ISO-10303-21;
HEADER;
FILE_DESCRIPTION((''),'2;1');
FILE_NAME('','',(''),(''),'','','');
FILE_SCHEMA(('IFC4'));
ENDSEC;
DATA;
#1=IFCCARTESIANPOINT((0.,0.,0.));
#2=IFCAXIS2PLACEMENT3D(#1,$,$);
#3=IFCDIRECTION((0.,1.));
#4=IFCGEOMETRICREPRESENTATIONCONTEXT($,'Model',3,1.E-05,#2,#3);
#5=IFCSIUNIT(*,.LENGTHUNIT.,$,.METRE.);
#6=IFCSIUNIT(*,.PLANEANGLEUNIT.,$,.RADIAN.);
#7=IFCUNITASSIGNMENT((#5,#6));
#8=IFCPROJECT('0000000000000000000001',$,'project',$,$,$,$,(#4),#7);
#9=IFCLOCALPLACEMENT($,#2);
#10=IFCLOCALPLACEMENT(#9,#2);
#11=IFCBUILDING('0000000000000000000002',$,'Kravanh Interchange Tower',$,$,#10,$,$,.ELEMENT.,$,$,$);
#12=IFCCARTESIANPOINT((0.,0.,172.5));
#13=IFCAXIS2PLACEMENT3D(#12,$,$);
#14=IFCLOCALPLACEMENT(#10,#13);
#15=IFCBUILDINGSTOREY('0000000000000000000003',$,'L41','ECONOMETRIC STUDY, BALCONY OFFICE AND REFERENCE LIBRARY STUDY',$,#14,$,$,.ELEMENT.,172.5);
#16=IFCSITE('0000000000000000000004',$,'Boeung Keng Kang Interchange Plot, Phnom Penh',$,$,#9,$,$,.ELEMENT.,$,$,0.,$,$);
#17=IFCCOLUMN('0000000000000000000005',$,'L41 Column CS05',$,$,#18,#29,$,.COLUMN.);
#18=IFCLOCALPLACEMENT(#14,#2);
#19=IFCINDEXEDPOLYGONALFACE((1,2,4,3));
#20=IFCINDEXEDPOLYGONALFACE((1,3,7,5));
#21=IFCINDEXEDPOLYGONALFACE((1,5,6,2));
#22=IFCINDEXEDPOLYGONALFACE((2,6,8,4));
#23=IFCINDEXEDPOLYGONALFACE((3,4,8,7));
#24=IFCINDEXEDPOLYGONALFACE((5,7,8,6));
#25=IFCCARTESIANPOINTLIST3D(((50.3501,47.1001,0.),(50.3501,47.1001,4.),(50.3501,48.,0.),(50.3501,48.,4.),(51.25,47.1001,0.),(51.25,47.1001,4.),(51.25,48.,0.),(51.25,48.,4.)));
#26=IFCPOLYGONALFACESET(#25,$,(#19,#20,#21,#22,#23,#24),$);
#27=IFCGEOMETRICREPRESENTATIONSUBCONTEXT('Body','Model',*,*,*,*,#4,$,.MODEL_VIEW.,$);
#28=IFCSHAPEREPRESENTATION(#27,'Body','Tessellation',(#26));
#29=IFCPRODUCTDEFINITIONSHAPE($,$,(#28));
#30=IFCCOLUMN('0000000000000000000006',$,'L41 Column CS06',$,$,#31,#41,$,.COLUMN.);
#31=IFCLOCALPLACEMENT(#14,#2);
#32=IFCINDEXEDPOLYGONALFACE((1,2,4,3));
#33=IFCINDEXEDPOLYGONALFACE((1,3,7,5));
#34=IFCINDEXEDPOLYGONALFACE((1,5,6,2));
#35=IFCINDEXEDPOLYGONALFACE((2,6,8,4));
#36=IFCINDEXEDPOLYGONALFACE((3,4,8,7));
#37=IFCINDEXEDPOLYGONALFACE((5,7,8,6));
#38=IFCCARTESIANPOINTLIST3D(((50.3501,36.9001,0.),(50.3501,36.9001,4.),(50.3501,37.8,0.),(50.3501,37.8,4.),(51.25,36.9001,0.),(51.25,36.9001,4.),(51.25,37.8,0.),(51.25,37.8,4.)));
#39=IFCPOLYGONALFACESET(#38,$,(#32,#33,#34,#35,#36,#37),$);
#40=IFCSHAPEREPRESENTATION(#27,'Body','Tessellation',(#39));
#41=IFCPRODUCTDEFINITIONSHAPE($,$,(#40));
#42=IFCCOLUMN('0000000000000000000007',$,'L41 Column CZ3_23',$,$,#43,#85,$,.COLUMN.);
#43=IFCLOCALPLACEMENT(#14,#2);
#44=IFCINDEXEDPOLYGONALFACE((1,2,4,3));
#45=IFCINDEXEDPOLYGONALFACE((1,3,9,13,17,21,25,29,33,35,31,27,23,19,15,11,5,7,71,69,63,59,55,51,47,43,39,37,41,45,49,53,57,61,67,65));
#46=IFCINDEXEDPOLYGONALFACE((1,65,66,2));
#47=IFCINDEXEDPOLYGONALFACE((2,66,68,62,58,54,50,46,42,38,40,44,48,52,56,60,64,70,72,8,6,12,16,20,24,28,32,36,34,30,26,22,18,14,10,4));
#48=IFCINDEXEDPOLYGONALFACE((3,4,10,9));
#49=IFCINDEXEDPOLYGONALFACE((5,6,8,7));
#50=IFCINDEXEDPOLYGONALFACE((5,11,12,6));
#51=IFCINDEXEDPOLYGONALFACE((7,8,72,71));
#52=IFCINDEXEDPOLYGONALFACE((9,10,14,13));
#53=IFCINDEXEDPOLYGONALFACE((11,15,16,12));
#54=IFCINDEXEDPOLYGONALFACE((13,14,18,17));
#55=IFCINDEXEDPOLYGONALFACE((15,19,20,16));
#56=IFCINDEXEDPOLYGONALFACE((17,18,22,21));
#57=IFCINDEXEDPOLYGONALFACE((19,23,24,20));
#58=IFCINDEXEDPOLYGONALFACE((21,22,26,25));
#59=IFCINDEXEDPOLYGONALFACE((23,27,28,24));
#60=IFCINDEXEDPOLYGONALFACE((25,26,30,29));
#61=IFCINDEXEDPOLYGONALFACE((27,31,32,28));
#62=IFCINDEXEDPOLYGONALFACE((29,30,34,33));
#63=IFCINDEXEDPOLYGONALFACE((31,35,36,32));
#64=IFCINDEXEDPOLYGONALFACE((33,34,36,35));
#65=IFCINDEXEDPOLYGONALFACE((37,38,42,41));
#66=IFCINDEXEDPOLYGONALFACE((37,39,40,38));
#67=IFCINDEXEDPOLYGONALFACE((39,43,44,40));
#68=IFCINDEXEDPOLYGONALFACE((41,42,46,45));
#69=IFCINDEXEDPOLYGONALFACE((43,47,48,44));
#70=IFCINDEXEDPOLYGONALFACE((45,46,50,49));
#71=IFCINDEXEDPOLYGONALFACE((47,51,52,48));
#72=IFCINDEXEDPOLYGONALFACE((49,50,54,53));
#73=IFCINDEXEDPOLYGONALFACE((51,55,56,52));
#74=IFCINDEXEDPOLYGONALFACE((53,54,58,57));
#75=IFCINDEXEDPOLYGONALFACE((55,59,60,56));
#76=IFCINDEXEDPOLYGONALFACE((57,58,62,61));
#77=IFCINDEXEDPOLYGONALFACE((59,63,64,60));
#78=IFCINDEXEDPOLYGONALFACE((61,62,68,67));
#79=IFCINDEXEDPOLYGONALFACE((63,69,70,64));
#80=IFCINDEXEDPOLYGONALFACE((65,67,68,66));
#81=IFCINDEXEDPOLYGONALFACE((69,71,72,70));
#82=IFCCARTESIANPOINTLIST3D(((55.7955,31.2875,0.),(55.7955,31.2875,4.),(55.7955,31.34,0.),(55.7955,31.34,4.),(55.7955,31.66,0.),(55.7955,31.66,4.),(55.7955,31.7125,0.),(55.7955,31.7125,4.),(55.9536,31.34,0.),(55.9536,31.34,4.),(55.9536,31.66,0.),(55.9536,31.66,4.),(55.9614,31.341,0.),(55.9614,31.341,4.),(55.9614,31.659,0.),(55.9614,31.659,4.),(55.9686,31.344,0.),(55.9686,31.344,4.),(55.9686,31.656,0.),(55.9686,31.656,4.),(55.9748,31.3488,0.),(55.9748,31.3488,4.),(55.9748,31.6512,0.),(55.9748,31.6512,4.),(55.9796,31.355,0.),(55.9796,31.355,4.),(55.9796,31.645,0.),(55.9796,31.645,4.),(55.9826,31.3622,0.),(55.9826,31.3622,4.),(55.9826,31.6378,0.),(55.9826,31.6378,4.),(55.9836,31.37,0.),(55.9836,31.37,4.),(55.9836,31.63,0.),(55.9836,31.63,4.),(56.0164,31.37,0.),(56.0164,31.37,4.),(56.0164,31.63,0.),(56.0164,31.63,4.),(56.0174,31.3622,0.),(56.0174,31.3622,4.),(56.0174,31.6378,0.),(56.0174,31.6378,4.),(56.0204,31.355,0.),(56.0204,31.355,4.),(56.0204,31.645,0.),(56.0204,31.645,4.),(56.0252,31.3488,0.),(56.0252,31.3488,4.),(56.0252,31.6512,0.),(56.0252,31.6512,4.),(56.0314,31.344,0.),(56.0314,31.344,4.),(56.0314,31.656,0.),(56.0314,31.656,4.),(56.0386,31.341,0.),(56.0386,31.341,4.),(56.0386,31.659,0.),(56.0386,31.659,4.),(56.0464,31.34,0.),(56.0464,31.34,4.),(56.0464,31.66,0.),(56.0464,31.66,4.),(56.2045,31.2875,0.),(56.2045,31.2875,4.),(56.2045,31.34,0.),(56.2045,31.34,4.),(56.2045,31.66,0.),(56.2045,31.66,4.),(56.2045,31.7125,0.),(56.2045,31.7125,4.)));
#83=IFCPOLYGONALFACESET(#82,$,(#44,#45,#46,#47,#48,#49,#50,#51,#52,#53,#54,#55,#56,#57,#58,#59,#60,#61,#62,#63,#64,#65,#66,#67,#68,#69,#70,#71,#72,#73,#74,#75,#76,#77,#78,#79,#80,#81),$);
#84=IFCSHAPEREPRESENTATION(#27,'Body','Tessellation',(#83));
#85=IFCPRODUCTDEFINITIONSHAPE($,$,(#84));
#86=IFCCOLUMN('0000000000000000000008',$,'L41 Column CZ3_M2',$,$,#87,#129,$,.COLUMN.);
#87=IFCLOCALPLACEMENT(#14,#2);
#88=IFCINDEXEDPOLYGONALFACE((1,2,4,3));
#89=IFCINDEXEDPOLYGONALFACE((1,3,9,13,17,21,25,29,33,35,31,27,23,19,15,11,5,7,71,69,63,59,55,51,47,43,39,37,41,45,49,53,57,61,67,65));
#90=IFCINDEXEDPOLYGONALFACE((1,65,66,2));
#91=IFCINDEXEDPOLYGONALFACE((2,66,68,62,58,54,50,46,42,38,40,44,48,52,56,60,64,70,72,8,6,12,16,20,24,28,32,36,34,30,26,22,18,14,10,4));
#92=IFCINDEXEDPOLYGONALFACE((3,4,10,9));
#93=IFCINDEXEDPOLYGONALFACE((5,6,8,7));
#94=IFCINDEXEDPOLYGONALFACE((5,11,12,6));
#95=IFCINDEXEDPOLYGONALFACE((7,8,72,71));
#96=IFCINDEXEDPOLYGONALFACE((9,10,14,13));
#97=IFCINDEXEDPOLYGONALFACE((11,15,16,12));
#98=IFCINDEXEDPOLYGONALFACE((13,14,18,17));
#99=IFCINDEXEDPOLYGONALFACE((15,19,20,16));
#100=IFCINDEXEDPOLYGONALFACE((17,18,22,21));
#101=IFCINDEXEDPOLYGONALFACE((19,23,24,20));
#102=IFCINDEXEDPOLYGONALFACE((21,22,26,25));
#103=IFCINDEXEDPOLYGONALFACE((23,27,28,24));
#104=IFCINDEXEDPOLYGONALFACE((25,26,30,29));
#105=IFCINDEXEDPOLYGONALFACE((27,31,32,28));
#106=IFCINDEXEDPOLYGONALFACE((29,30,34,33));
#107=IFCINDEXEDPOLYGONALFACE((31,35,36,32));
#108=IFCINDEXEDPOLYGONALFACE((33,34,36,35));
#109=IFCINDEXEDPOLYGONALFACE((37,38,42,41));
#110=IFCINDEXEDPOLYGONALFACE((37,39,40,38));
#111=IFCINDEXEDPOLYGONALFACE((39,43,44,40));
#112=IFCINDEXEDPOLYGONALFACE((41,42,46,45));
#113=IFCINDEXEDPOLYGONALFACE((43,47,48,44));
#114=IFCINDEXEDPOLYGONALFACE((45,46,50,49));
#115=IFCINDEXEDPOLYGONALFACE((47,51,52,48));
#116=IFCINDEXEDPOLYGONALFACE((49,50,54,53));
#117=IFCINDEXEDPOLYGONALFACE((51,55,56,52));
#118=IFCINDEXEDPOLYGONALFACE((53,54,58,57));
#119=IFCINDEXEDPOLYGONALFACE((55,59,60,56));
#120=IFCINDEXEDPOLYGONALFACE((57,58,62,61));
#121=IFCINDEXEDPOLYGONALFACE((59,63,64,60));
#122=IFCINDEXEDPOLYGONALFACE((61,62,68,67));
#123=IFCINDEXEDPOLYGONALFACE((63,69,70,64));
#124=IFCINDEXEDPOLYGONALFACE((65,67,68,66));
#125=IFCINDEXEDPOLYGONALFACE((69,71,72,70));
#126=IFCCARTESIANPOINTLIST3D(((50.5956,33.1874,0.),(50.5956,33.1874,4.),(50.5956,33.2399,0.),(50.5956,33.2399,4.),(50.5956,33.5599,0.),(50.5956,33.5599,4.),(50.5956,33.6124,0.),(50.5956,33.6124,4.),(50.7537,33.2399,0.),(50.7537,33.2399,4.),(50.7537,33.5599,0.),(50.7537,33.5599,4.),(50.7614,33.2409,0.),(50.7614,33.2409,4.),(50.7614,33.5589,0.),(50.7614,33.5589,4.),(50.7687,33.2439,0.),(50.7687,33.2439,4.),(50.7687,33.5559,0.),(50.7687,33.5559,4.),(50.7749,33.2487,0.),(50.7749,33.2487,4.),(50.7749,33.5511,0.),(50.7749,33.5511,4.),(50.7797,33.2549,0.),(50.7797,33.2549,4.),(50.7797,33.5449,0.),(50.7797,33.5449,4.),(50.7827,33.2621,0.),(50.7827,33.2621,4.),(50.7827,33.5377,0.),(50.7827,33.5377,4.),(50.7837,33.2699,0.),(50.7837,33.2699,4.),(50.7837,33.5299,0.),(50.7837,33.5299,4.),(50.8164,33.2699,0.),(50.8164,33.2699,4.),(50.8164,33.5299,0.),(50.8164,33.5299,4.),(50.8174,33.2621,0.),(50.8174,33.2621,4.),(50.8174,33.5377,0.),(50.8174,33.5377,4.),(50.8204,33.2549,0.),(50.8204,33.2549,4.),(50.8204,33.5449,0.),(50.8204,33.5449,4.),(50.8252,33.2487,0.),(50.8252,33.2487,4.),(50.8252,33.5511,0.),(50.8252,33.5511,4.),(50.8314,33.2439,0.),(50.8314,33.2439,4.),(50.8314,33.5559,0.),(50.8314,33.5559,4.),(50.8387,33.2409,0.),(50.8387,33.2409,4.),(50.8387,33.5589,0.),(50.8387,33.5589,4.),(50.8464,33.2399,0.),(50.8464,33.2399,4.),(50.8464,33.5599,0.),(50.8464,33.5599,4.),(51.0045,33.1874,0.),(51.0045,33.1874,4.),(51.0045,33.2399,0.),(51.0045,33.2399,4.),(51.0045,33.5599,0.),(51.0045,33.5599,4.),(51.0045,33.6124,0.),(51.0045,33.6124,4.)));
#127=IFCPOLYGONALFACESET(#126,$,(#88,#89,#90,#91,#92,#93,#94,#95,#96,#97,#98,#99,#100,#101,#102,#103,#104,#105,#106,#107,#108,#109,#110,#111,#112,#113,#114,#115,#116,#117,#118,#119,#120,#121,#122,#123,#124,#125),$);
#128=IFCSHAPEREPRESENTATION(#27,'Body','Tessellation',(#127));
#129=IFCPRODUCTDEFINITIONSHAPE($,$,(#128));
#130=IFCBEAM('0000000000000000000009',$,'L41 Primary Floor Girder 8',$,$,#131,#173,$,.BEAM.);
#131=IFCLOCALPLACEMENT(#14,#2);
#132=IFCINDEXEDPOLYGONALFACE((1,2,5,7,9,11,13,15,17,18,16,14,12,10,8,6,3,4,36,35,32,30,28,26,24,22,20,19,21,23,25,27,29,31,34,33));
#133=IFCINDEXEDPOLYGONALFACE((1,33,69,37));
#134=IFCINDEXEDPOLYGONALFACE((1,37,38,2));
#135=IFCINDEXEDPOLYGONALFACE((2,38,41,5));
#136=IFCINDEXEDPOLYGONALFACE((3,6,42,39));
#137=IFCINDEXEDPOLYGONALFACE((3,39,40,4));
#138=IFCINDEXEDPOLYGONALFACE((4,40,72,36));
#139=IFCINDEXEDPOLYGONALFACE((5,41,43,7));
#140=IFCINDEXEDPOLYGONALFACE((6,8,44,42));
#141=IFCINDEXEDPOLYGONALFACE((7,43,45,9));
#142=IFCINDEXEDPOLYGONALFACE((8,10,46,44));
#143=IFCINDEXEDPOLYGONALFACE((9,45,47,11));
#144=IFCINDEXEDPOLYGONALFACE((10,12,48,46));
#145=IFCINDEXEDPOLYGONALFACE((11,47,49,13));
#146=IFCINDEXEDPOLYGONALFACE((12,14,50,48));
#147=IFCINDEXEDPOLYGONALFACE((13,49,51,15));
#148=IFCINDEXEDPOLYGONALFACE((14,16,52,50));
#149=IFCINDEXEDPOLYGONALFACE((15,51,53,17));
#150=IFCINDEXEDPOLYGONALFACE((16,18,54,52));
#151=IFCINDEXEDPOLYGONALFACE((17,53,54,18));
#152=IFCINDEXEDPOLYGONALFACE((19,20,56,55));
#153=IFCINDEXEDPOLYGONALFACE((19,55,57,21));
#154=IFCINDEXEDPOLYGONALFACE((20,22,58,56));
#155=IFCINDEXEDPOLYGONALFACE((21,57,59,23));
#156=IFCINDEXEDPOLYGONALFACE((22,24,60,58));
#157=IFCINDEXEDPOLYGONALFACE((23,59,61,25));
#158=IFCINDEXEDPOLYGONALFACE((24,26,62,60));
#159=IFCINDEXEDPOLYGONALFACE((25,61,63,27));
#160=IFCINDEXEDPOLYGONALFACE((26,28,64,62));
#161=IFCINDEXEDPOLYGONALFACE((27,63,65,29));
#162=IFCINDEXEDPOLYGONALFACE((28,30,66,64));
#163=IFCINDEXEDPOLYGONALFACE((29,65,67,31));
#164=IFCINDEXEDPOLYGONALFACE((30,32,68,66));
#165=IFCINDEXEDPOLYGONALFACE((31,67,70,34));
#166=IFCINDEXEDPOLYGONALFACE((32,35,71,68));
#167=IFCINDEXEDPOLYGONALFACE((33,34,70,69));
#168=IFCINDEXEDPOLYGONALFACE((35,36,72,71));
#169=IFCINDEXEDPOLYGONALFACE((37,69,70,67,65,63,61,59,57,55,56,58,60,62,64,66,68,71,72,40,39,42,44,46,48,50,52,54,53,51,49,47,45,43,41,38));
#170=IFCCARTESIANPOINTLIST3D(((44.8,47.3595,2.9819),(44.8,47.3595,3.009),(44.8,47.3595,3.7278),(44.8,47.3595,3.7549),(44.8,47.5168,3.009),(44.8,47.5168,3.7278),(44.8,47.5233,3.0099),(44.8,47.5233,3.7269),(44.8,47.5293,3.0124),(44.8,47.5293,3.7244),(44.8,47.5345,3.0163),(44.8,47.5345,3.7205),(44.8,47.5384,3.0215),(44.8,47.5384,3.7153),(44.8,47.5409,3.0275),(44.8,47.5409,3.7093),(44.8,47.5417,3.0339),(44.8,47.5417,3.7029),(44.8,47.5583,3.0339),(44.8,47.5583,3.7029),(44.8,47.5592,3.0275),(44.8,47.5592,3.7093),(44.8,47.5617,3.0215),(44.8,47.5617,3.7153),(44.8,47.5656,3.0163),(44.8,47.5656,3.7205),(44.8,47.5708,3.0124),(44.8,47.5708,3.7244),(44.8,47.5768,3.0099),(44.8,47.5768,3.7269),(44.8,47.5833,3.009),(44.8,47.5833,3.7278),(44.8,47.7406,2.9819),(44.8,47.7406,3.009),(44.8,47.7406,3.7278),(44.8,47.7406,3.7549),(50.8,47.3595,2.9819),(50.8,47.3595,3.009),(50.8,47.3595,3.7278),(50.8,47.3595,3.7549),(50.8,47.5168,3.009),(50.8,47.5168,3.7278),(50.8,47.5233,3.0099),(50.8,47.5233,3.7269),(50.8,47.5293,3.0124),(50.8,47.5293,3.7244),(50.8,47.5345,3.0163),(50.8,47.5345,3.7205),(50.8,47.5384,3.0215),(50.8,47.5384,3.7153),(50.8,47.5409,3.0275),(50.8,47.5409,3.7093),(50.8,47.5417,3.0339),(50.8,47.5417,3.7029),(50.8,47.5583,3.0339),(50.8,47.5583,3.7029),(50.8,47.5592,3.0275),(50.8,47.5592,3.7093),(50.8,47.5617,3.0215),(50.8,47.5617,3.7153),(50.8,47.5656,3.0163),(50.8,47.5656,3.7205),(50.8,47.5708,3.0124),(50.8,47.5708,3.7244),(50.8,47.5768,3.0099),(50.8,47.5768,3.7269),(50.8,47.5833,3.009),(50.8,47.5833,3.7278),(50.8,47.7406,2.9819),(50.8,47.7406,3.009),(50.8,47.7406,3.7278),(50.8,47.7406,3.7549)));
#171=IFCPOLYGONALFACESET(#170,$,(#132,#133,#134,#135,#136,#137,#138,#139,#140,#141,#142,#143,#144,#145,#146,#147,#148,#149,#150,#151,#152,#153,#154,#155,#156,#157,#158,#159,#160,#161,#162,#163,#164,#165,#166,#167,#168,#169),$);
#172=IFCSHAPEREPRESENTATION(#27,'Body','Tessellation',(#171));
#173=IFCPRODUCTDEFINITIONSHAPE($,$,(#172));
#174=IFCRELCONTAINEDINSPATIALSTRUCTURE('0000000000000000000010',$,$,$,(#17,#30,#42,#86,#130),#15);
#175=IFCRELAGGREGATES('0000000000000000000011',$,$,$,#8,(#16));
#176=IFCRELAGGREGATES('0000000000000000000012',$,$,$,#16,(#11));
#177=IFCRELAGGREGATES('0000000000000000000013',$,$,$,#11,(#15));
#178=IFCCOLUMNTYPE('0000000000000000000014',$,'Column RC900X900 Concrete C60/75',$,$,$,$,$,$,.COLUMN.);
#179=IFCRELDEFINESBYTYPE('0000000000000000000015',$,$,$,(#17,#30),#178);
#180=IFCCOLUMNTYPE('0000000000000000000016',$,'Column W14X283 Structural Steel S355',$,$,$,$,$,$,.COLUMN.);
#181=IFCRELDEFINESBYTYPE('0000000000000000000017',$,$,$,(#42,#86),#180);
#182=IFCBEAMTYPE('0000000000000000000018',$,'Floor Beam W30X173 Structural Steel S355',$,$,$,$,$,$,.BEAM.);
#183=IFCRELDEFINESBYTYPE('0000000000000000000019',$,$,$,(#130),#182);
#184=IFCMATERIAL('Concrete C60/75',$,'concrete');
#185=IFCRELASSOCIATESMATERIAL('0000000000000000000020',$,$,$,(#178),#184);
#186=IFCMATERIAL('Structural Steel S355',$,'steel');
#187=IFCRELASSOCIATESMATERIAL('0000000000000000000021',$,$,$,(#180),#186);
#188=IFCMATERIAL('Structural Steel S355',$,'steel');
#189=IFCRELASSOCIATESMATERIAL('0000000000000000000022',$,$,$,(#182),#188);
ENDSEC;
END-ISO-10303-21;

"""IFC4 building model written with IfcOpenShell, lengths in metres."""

from ifc_helpers import new_model, si_unit, direction, frame, origin, origin_2d, place, context, subcontext, project, spatial, rectangle, i_section, extrude, material, material_profile, profile_set, type_object, element, save


model = new_model("IFC4")

# Units and contexts
model_context = context("Model", 3, precision=1e-05, world=origin(), true_north=direction((0.0, 1.0)))
body_context = subcontext(model_context, "Body", "Model", "MODEL_VIEW")
ifc_project = project(units=[si_unit("LENGTHUNIT", "METRE"), si_unit("PLANEANGLEUNIT", "RADIAN")], contexts=[model_context])

# Site, building, storey
site_placement = place(None, origin())
site = spatial("IfcSite", under=ifc_project, at=site_placement, Name="Boeung Keng Kang Interchange Plot, Phnom Penh", CompositionType="ELEMENT", RefElevation=0.0)
building_placement = place(site_placement, origin())
building = spatial("IfcBuilding", under=site, at=building_placement, Name="Kravanh Interchange Tower", CompositionType="ELEMENT")
storey_placement = place(building_placement, frame((0.0, 0.0, 172.5)))
storey = spatial("IfcBuildingStorey", under=building, at=storey_placement, Name="L41", Description="ECONOMETRIC STUDY, BALCONY OFFICE AND REFERENCE LIBRARY STUDY", CompositionType="ELEMENT", Elevation=172.5)

# Columns
ifc_material_1 = material(Name="Concrete C60/75", Category="concrete")
ifc_material_profile_1 = material_profile(ifc_material_1, rectangle(XDim=0.8999, YDim=0.8999, at=origin_2d()), Name="RC900X900")
ifc_profile_set_1 = profile_set([ifc_material_profile_1], Name="Concrete C60/75")
column_type_1 = type_object("IfcColumnType", Name="Column RC900X900 Concrete C60/75", PredefinedType="COLUMN", material=ifc_profile_set_1)
for number, where, z_axis, x_axis, name in (
    (1, (50.8, 47.55, 0.0), (0.0, 0.0, 1.0), (1.0, 0.0, 0.0), "L41 Column CS05"),
    (2, (50.8, 37.3501, 0.0), (0.0, 0.0, 1.0), (1.0, 0.0, 0.0), "L41 Column CS06"),
):
    element("IfcColumn", number, at=place(storey_placement, frame(where, z_axis=z_axis, x_axis=x_axis)), inside=storey, type_object=column_type_1, Name=name, PredefinedType="COLUMN", context=body_context, shape_type="SweptSolid", body=[
        extrude(rectangle(XDim=0.8999, YDim=0.8999, at=origin_2d()), origin(), (0.0, 0.0, 1.0), 4.0),
    ])
ifc_material_2 = material(Name="Structural Steel S355", Category="steel")
ifc_material_profile_2 = material_profile(ifc_material_2, i_section(OverallWidth=0.4089, OverallDepth=0.425, WebThickness=0.0327, FlangeThickness=0.0525, FilletRadius=0.03, at=origin_2d()), Name="W14X283")
ifc_profile_set_2 = profile_set([ifc_material_profile_2], Name="Structural Steel S355")
column_type_2 = type_object("IfcColumnType", Name="Column W14X283 Structural Steel S355", PredefinedType="COLUMN", material=ifc_profile_set_2)
for number, where, z_axis, x_axis, name in (
    (3, (56.0, 31.5, 0.0), (0.0, 0.0, 1.0), (1.0, 0.0, 0.0), "L41 Column CZ3_23"),
    (4, (50.8, 33.3999, 0.0), (0.0, 0.0, 1.0), (1.0, 0.0, 0.0), "L41 Column CZ3_M2"),
):
    element("IfcColumn", number, at=place(storey_placement, frame(where, z_axis=z_axis, x_axis=x_axis)), inside=storey, type_object=column_type_2, Name=name, PredefinedType="COLUMN", context=body_context, shape_type="SweptSolid", body=[
        extrude(i_section(OverallWidth=0.4089, OverallDepth=0.425, WebThickness=0.0327, FlangeThickness=0.0525, FilletRadius=0.03, at=origin_2d()), origin(), (0.0, 0.0, 1.0), 4.0),
    ])

# Beam
ifc_material_3 = material(Name="Structural Steel S355", Category="steel")
ifc_material_profile_3 = material_profile(ifc_material_3, i_section(OverallWidth=0.3811, OverallDepth=0.7729, WebThickness=0.0166, FlangeThickness=0.0271, FilletRadius=0.0249, at=origin_2d()), Name="W30X173")
ifc_profile_set_3 = profile_set([ifc_material_profile_3], Name="Structural Steel S355")
beam_type_1 = type_object("IfcBeamType", Name="Floor Beam W30X173 Structural Steel S355", PredefinedType="BEAM", material=ifc_profile_set_3)
beam_1_placement = place(storey_placement, frame((50.8, 47.55, 3.3684), z_axis=(-1.0, 0.0, 0.0), x_axis=(0.0, -1.0, 0.0)))
element("IfcBeam", 5, at=beam_1_placement, inside=storey, type_object=beam_type_1, Name="L41 Primary Floor Girder 8", PredefinedType="BEAM", context=body_context, shape_type="SweptSolid", body=[
    extrude(i_section(OverallWidth=0.3811, OverallDepth=0.7729, WebThickness=0.0166, FlangeThickness=0.0271, FilletRadius=0.0249, at=origin_2d()), origin(), (0.0, 0.0, 1.0), 6.0),
])

save(model, "model.ifc")
